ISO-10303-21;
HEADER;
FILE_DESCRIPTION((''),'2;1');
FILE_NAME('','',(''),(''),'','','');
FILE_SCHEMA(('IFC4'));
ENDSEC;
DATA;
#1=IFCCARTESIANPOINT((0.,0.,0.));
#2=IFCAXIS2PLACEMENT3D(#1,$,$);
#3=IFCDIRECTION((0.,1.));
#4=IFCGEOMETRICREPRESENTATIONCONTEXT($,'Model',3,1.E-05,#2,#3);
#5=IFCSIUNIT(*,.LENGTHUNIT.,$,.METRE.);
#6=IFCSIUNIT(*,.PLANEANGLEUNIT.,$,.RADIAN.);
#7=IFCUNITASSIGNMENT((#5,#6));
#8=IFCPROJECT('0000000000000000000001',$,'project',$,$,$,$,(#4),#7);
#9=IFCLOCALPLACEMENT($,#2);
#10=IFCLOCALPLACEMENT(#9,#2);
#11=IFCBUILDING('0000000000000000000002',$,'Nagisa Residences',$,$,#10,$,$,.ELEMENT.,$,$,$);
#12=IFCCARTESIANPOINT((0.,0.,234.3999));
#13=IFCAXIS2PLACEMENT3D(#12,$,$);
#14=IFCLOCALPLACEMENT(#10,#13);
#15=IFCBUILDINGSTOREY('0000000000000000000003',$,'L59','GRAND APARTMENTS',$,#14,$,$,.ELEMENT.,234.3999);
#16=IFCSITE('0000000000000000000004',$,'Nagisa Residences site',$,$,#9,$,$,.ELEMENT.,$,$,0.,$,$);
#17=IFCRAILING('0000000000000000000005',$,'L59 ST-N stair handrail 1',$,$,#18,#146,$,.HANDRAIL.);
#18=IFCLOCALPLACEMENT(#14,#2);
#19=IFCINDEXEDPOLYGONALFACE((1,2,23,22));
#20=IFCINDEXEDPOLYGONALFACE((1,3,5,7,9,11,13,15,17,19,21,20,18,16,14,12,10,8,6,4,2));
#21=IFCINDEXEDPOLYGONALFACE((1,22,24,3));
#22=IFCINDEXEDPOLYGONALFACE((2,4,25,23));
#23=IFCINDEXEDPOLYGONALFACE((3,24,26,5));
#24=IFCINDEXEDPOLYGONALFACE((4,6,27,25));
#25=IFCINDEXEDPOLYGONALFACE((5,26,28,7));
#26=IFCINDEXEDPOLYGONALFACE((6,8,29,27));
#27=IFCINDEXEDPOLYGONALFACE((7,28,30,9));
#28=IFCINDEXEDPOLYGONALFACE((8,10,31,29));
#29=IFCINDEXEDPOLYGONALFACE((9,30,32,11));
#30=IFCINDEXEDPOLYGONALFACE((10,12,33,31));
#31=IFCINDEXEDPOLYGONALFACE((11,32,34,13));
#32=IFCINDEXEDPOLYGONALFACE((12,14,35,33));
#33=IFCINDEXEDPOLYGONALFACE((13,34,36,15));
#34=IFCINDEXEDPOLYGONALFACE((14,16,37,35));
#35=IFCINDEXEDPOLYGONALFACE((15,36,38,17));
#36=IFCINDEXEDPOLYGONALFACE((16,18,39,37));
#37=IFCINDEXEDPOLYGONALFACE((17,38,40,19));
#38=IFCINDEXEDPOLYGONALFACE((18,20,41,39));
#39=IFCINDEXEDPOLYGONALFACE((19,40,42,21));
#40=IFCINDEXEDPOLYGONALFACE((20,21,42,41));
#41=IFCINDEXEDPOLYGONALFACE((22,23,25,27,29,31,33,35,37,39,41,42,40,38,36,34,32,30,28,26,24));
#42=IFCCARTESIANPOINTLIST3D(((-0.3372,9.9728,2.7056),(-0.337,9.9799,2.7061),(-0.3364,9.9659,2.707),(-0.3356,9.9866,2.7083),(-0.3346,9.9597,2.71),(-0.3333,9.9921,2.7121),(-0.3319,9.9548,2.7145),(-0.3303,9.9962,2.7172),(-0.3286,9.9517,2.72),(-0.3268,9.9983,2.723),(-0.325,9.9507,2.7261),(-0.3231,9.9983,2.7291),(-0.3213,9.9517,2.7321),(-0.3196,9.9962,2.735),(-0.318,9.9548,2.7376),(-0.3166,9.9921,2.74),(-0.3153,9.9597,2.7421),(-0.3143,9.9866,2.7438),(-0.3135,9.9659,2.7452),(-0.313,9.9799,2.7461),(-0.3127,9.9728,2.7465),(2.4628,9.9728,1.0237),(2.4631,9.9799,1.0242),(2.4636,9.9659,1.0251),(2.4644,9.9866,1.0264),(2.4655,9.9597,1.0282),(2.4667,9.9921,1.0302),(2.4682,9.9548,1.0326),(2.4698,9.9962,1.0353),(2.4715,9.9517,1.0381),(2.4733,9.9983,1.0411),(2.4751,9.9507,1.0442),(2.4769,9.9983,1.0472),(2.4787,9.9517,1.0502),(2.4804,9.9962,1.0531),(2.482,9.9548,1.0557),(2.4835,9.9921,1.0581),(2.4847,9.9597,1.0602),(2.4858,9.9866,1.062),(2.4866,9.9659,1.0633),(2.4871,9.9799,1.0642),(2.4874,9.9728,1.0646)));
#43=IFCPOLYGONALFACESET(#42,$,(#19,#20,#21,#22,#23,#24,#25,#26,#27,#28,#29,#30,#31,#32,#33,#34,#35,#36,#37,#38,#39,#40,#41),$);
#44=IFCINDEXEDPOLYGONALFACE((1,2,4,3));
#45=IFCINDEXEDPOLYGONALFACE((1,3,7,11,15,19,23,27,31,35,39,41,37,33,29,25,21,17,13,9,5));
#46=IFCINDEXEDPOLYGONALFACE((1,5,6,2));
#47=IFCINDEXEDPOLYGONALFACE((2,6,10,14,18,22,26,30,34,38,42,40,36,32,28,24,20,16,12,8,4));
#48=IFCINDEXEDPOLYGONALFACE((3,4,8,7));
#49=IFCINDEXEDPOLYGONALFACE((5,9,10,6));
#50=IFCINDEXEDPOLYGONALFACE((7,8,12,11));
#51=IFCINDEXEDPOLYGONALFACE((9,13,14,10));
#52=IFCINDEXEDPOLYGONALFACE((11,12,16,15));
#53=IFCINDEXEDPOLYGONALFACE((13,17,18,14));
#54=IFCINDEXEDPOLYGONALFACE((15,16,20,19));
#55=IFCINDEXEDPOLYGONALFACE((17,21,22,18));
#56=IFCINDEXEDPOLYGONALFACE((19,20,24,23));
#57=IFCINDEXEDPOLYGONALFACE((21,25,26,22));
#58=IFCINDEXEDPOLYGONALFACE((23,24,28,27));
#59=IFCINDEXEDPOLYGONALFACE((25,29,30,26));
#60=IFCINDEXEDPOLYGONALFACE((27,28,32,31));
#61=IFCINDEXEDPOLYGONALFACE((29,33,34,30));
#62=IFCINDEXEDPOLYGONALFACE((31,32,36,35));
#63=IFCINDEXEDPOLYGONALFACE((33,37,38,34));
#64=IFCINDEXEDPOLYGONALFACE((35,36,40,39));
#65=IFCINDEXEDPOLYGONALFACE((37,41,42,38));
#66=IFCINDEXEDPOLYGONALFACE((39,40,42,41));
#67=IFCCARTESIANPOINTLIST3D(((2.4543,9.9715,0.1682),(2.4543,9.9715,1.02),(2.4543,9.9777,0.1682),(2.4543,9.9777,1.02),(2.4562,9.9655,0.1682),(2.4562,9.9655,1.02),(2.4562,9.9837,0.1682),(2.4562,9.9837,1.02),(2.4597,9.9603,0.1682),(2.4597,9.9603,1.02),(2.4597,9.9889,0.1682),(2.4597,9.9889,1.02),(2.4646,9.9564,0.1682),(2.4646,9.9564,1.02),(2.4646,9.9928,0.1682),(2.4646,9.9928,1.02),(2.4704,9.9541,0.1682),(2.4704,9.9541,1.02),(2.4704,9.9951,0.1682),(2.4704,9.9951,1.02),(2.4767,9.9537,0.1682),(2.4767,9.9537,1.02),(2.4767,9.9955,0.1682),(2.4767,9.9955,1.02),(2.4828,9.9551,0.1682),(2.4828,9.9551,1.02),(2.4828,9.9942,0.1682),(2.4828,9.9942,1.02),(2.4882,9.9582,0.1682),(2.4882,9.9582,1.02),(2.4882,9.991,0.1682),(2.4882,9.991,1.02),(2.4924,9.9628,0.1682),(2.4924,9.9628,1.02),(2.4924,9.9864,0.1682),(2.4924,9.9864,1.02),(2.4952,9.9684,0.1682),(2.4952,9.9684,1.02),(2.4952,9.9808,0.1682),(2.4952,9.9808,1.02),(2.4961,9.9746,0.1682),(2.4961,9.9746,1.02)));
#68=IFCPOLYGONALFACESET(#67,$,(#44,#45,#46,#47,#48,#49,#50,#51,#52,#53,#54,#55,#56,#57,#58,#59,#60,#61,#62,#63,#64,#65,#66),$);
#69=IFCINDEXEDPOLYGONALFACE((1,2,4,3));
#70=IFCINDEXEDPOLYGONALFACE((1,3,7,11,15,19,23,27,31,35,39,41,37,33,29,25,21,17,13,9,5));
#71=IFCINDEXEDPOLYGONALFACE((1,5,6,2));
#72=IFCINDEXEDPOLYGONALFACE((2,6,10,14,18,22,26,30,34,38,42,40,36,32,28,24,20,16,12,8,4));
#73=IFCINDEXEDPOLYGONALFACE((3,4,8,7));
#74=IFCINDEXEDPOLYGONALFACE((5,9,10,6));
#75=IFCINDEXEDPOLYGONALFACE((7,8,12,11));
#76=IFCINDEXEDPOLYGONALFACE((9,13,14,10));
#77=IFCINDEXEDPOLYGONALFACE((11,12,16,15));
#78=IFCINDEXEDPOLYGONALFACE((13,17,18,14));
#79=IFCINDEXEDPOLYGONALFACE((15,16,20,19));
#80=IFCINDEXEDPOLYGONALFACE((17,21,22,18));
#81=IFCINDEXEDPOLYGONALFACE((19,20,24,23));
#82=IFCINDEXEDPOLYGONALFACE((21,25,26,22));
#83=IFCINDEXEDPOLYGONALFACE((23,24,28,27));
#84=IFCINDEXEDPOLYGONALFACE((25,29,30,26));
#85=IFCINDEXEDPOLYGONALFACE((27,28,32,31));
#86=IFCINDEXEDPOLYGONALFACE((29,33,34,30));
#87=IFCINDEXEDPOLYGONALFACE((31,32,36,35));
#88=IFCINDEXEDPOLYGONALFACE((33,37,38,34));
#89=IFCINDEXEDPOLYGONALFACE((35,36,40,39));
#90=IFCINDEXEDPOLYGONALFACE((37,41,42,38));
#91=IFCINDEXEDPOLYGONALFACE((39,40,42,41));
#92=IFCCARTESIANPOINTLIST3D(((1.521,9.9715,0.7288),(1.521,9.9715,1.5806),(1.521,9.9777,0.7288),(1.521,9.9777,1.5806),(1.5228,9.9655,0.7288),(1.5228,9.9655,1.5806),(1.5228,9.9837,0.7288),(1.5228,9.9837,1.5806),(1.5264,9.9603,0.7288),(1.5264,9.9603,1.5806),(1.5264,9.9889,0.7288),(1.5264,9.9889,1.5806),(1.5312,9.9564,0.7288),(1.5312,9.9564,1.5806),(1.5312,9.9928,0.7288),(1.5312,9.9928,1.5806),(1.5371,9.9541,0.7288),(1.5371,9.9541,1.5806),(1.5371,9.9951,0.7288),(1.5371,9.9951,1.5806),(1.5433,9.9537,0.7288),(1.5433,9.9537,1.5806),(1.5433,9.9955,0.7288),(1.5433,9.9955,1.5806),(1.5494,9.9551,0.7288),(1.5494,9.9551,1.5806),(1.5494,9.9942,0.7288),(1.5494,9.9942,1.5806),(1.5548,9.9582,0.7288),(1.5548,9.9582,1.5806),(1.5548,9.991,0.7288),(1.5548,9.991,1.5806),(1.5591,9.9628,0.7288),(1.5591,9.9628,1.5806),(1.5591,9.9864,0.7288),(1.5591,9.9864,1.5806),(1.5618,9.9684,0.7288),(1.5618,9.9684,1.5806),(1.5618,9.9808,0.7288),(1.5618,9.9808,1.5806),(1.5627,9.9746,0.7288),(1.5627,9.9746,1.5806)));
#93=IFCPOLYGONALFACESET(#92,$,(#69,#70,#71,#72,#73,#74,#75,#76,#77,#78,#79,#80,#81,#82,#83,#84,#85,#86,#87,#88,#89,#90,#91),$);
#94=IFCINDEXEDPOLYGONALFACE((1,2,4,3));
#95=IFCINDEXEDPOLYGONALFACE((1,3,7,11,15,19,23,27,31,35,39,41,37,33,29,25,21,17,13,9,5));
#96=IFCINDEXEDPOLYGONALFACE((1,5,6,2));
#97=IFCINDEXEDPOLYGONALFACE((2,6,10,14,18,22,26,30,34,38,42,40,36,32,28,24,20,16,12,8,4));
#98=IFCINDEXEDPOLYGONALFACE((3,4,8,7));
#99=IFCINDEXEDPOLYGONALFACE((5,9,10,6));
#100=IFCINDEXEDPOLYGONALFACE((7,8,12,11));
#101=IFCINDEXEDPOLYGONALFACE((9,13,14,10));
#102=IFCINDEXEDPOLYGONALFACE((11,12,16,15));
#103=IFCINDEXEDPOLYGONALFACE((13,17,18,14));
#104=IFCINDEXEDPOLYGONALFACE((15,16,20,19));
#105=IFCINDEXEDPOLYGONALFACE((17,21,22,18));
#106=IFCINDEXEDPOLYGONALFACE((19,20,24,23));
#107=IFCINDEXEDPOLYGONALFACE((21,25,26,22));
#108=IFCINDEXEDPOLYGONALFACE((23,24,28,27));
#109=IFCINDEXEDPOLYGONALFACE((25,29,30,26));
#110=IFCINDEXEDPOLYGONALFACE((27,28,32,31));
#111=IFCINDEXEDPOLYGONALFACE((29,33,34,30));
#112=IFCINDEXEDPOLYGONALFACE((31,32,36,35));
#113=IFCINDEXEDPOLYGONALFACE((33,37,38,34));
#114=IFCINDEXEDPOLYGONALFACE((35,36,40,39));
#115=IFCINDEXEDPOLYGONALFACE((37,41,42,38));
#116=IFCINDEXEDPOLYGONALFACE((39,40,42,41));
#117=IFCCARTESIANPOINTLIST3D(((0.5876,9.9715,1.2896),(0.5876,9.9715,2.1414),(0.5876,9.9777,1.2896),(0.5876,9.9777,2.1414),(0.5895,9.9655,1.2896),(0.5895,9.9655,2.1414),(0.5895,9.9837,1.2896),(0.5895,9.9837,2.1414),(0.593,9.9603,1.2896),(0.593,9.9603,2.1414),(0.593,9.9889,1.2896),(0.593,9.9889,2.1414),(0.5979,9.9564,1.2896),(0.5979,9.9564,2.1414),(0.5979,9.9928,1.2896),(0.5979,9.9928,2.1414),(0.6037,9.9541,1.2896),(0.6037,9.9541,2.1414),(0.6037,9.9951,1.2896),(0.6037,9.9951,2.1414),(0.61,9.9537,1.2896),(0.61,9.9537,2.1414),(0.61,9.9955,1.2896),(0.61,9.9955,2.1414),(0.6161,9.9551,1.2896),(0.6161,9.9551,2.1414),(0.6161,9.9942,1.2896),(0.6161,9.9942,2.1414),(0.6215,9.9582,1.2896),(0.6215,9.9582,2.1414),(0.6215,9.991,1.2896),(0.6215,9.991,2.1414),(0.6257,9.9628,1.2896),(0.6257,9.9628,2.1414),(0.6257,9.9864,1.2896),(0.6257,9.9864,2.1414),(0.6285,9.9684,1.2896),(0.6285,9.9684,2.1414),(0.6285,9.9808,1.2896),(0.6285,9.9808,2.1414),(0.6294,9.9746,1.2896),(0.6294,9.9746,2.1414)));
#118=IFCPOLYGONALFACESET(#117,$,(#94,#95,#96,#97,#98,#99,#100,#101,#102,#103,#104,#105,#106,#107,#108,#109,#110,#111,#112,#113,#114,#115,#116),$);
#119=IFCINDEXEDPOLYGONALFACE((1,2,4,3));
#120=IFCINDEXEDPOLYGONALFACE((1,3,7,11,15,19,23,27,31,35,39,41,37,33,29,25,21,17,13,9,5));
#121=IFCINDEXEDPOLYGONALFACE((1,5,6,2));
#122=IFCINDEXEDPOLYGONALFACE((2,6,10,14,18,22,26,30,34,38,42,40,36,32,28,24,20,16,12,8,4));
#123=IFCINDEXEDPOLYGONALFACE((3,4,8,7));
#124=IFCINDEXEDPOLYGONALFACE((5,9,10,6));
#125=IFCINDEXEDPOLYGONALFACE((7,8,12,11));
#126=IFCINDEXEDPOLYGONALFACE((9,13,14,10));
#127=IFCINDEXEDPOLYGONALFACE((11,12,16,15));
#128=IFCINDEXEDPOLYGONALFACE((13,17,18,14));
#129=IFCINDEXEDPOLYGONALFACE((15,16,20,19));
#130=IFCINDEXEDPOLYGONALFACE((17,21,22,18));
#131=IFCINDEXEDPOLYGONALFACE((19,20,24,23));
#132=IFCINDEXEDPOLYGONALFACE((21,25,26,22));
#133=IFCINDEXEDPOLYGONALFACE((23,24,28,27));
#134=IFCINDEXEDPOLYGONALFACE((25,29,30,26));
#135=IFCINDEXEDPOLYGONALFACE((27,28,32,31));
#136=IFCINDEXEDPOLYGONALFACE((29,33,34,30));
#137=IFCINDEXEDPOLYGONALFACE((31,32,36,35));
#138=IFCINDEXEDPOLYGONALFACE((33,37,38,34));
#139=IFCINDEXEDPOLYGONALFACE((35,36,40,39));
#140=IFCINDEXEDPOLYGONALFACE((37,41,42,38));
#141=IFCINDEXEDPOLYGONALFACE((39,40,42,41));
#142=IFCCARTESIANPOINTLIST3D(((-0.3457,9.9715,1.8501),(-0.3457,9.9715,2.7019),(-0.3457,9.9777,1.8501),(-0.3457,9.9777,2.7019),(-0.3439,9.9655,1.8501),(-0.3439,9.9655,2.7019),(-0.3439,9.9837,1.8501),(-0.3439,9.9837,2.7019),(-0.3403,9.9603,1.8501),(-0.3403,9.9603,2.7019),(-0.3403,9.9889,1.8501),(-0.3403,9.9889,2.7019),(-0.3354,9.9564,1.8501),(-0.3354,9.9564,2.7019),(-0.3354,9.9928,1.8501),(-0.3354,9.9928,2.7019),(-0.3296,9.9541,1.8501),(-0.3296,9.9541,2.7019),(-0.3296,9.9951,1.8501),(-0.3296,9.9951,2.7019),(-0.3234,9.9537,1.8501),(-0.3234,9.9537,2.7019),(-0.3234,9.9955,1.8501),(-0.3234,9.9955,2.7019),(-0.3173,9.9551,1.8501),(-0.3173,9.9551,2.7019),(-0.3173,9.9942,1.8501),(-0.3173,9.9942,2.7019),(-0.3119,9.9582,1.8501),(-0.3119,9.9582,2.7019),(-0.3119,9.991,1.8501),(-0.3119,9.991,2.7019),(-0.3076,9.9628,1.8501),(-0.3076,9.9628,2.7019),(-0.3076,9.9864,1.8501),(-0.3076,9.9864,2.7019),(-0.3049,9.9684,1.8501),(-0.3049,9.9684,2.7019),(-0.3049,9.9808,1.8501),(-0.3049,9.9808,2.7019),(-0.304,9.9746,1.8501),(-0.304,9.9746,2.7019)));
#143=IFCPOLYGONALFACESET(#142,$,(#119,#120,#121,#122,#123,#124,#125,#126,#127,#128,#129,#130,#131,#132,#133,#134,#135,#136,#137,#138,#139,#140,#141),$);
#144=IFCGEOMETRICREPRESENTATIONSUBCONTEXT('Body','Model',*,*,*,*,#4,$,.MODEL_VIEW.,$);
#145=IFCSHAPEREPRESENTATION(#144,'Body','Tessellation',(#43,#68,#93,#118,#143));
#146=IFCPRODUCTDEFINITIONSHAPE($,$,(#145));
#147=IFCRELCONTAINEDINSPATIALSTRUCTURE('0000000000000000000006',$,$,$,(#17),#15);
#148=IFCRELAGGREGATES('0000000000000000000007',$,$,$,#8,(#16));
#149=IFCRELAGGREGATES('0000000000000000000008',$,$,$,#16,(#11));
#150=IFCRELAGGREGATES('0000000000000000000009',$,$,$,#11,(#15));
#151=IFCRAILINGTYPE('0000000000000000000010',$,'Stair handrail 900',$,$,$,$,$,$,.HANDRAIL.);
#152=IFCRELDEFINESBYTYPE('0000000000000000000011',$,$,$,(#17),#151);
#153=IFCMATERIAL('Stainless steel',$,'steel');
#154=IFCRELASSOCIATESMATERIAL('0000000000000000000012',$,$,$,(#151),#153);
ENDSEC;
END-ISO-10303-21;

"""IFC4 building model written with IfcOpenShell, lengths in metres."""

from ifc_helpers import new_model, si_unit, direction, frame, origin, origin_2d, place, context, subcontext, project, spatial, circle, extrude, material, type_object, element, save


model = new_model("IFC4")

# Units and contexts
model_context = context("Model", 3, precision=1e-05, world=origin(), true_north=direction((0.0, 1.0)))
body_context = subcontext(model_context, "Body", "Model", "MODEL_VIEW")
ifc_project = project(units=[si_unit("LENGTHUNIT", "METRE"), si_unit("PLANEANGLEUNIT", "RADIAN")], contexts=[model_context])

# Site, building, storey
site_placement = place(None, origin())
site = spatial("IfcSite", under=ifc_project, at=site_placement, Name="Nagisa Residences site", CompositionType="ELEMENT", RefElevation=0.0)
building_placement = place(site_placement, origin())
building = spatial("IfcBuilding", under=site, at=building_placement, Name="Nagisa Residences", CompositionType="ELEMENT")
storey_placement = place(building_placement, frame((0.0, 0.0, 234.3999)))
storey = spatial("IfcBuildingStorey", under=building, at=storey_placement, Name="L59", Description="GRAND APARTMENTS", CompositionType="ELEMENT", Elevation=234.3999)

# Railing
ifc_material_1 = material(Name="Stainless steel", Category="steel")
railing_type_1 = type_object("IfcRailingType", Name="Stair handrail 900", PredefinedType="HANDRAIL", material=ifc_material_1)
railing_1_placement = place(storey_placement, frame((2.4751, 9.9746, 0.1682)))
element("IfcRailing", 1, at=railing_1_placement, inside=storey, type_object=railing_type_1, Name="L59 ST-N stair handrail 1", PredefinedType="HANDRAIL", context=body_context, shape_type="SweptSolid", body=[
    extrude(circle(Radius=0.0239, at=origin_2d()), frame((0.0, 0.0, 0.876), z_axis=(-0.857242, 0.0, 0.514913), x_axis=(0.0, -1.0, 0.0)), (0.0, 0.0, 1.0), 3.2664),
    extrude(circle(Radius=0.021, at=origin_2d()), origin(), (0.0, 0.0, 1.0), 0.8518),
    extrude(circle(Radius=0.021, at=origin_2d()), frame((-0.9333, 0.0, 0.5605)), (0.0, 0.0, 1.0), 0.8518),
    extrude(circle(Radius=0.021, at=origin_2d()), frame((-1.8667, 0.0, 1.1213)), (0.0, 0.0, 1.0), 0.8518),
    extrude(circle(Radius=0.021, at=origin_2d()), frame((-2.8, 0.0, 1.6819)), (0.0, 0.0, 1.0), 0.8518),
])

save(model, "model.ifc")
